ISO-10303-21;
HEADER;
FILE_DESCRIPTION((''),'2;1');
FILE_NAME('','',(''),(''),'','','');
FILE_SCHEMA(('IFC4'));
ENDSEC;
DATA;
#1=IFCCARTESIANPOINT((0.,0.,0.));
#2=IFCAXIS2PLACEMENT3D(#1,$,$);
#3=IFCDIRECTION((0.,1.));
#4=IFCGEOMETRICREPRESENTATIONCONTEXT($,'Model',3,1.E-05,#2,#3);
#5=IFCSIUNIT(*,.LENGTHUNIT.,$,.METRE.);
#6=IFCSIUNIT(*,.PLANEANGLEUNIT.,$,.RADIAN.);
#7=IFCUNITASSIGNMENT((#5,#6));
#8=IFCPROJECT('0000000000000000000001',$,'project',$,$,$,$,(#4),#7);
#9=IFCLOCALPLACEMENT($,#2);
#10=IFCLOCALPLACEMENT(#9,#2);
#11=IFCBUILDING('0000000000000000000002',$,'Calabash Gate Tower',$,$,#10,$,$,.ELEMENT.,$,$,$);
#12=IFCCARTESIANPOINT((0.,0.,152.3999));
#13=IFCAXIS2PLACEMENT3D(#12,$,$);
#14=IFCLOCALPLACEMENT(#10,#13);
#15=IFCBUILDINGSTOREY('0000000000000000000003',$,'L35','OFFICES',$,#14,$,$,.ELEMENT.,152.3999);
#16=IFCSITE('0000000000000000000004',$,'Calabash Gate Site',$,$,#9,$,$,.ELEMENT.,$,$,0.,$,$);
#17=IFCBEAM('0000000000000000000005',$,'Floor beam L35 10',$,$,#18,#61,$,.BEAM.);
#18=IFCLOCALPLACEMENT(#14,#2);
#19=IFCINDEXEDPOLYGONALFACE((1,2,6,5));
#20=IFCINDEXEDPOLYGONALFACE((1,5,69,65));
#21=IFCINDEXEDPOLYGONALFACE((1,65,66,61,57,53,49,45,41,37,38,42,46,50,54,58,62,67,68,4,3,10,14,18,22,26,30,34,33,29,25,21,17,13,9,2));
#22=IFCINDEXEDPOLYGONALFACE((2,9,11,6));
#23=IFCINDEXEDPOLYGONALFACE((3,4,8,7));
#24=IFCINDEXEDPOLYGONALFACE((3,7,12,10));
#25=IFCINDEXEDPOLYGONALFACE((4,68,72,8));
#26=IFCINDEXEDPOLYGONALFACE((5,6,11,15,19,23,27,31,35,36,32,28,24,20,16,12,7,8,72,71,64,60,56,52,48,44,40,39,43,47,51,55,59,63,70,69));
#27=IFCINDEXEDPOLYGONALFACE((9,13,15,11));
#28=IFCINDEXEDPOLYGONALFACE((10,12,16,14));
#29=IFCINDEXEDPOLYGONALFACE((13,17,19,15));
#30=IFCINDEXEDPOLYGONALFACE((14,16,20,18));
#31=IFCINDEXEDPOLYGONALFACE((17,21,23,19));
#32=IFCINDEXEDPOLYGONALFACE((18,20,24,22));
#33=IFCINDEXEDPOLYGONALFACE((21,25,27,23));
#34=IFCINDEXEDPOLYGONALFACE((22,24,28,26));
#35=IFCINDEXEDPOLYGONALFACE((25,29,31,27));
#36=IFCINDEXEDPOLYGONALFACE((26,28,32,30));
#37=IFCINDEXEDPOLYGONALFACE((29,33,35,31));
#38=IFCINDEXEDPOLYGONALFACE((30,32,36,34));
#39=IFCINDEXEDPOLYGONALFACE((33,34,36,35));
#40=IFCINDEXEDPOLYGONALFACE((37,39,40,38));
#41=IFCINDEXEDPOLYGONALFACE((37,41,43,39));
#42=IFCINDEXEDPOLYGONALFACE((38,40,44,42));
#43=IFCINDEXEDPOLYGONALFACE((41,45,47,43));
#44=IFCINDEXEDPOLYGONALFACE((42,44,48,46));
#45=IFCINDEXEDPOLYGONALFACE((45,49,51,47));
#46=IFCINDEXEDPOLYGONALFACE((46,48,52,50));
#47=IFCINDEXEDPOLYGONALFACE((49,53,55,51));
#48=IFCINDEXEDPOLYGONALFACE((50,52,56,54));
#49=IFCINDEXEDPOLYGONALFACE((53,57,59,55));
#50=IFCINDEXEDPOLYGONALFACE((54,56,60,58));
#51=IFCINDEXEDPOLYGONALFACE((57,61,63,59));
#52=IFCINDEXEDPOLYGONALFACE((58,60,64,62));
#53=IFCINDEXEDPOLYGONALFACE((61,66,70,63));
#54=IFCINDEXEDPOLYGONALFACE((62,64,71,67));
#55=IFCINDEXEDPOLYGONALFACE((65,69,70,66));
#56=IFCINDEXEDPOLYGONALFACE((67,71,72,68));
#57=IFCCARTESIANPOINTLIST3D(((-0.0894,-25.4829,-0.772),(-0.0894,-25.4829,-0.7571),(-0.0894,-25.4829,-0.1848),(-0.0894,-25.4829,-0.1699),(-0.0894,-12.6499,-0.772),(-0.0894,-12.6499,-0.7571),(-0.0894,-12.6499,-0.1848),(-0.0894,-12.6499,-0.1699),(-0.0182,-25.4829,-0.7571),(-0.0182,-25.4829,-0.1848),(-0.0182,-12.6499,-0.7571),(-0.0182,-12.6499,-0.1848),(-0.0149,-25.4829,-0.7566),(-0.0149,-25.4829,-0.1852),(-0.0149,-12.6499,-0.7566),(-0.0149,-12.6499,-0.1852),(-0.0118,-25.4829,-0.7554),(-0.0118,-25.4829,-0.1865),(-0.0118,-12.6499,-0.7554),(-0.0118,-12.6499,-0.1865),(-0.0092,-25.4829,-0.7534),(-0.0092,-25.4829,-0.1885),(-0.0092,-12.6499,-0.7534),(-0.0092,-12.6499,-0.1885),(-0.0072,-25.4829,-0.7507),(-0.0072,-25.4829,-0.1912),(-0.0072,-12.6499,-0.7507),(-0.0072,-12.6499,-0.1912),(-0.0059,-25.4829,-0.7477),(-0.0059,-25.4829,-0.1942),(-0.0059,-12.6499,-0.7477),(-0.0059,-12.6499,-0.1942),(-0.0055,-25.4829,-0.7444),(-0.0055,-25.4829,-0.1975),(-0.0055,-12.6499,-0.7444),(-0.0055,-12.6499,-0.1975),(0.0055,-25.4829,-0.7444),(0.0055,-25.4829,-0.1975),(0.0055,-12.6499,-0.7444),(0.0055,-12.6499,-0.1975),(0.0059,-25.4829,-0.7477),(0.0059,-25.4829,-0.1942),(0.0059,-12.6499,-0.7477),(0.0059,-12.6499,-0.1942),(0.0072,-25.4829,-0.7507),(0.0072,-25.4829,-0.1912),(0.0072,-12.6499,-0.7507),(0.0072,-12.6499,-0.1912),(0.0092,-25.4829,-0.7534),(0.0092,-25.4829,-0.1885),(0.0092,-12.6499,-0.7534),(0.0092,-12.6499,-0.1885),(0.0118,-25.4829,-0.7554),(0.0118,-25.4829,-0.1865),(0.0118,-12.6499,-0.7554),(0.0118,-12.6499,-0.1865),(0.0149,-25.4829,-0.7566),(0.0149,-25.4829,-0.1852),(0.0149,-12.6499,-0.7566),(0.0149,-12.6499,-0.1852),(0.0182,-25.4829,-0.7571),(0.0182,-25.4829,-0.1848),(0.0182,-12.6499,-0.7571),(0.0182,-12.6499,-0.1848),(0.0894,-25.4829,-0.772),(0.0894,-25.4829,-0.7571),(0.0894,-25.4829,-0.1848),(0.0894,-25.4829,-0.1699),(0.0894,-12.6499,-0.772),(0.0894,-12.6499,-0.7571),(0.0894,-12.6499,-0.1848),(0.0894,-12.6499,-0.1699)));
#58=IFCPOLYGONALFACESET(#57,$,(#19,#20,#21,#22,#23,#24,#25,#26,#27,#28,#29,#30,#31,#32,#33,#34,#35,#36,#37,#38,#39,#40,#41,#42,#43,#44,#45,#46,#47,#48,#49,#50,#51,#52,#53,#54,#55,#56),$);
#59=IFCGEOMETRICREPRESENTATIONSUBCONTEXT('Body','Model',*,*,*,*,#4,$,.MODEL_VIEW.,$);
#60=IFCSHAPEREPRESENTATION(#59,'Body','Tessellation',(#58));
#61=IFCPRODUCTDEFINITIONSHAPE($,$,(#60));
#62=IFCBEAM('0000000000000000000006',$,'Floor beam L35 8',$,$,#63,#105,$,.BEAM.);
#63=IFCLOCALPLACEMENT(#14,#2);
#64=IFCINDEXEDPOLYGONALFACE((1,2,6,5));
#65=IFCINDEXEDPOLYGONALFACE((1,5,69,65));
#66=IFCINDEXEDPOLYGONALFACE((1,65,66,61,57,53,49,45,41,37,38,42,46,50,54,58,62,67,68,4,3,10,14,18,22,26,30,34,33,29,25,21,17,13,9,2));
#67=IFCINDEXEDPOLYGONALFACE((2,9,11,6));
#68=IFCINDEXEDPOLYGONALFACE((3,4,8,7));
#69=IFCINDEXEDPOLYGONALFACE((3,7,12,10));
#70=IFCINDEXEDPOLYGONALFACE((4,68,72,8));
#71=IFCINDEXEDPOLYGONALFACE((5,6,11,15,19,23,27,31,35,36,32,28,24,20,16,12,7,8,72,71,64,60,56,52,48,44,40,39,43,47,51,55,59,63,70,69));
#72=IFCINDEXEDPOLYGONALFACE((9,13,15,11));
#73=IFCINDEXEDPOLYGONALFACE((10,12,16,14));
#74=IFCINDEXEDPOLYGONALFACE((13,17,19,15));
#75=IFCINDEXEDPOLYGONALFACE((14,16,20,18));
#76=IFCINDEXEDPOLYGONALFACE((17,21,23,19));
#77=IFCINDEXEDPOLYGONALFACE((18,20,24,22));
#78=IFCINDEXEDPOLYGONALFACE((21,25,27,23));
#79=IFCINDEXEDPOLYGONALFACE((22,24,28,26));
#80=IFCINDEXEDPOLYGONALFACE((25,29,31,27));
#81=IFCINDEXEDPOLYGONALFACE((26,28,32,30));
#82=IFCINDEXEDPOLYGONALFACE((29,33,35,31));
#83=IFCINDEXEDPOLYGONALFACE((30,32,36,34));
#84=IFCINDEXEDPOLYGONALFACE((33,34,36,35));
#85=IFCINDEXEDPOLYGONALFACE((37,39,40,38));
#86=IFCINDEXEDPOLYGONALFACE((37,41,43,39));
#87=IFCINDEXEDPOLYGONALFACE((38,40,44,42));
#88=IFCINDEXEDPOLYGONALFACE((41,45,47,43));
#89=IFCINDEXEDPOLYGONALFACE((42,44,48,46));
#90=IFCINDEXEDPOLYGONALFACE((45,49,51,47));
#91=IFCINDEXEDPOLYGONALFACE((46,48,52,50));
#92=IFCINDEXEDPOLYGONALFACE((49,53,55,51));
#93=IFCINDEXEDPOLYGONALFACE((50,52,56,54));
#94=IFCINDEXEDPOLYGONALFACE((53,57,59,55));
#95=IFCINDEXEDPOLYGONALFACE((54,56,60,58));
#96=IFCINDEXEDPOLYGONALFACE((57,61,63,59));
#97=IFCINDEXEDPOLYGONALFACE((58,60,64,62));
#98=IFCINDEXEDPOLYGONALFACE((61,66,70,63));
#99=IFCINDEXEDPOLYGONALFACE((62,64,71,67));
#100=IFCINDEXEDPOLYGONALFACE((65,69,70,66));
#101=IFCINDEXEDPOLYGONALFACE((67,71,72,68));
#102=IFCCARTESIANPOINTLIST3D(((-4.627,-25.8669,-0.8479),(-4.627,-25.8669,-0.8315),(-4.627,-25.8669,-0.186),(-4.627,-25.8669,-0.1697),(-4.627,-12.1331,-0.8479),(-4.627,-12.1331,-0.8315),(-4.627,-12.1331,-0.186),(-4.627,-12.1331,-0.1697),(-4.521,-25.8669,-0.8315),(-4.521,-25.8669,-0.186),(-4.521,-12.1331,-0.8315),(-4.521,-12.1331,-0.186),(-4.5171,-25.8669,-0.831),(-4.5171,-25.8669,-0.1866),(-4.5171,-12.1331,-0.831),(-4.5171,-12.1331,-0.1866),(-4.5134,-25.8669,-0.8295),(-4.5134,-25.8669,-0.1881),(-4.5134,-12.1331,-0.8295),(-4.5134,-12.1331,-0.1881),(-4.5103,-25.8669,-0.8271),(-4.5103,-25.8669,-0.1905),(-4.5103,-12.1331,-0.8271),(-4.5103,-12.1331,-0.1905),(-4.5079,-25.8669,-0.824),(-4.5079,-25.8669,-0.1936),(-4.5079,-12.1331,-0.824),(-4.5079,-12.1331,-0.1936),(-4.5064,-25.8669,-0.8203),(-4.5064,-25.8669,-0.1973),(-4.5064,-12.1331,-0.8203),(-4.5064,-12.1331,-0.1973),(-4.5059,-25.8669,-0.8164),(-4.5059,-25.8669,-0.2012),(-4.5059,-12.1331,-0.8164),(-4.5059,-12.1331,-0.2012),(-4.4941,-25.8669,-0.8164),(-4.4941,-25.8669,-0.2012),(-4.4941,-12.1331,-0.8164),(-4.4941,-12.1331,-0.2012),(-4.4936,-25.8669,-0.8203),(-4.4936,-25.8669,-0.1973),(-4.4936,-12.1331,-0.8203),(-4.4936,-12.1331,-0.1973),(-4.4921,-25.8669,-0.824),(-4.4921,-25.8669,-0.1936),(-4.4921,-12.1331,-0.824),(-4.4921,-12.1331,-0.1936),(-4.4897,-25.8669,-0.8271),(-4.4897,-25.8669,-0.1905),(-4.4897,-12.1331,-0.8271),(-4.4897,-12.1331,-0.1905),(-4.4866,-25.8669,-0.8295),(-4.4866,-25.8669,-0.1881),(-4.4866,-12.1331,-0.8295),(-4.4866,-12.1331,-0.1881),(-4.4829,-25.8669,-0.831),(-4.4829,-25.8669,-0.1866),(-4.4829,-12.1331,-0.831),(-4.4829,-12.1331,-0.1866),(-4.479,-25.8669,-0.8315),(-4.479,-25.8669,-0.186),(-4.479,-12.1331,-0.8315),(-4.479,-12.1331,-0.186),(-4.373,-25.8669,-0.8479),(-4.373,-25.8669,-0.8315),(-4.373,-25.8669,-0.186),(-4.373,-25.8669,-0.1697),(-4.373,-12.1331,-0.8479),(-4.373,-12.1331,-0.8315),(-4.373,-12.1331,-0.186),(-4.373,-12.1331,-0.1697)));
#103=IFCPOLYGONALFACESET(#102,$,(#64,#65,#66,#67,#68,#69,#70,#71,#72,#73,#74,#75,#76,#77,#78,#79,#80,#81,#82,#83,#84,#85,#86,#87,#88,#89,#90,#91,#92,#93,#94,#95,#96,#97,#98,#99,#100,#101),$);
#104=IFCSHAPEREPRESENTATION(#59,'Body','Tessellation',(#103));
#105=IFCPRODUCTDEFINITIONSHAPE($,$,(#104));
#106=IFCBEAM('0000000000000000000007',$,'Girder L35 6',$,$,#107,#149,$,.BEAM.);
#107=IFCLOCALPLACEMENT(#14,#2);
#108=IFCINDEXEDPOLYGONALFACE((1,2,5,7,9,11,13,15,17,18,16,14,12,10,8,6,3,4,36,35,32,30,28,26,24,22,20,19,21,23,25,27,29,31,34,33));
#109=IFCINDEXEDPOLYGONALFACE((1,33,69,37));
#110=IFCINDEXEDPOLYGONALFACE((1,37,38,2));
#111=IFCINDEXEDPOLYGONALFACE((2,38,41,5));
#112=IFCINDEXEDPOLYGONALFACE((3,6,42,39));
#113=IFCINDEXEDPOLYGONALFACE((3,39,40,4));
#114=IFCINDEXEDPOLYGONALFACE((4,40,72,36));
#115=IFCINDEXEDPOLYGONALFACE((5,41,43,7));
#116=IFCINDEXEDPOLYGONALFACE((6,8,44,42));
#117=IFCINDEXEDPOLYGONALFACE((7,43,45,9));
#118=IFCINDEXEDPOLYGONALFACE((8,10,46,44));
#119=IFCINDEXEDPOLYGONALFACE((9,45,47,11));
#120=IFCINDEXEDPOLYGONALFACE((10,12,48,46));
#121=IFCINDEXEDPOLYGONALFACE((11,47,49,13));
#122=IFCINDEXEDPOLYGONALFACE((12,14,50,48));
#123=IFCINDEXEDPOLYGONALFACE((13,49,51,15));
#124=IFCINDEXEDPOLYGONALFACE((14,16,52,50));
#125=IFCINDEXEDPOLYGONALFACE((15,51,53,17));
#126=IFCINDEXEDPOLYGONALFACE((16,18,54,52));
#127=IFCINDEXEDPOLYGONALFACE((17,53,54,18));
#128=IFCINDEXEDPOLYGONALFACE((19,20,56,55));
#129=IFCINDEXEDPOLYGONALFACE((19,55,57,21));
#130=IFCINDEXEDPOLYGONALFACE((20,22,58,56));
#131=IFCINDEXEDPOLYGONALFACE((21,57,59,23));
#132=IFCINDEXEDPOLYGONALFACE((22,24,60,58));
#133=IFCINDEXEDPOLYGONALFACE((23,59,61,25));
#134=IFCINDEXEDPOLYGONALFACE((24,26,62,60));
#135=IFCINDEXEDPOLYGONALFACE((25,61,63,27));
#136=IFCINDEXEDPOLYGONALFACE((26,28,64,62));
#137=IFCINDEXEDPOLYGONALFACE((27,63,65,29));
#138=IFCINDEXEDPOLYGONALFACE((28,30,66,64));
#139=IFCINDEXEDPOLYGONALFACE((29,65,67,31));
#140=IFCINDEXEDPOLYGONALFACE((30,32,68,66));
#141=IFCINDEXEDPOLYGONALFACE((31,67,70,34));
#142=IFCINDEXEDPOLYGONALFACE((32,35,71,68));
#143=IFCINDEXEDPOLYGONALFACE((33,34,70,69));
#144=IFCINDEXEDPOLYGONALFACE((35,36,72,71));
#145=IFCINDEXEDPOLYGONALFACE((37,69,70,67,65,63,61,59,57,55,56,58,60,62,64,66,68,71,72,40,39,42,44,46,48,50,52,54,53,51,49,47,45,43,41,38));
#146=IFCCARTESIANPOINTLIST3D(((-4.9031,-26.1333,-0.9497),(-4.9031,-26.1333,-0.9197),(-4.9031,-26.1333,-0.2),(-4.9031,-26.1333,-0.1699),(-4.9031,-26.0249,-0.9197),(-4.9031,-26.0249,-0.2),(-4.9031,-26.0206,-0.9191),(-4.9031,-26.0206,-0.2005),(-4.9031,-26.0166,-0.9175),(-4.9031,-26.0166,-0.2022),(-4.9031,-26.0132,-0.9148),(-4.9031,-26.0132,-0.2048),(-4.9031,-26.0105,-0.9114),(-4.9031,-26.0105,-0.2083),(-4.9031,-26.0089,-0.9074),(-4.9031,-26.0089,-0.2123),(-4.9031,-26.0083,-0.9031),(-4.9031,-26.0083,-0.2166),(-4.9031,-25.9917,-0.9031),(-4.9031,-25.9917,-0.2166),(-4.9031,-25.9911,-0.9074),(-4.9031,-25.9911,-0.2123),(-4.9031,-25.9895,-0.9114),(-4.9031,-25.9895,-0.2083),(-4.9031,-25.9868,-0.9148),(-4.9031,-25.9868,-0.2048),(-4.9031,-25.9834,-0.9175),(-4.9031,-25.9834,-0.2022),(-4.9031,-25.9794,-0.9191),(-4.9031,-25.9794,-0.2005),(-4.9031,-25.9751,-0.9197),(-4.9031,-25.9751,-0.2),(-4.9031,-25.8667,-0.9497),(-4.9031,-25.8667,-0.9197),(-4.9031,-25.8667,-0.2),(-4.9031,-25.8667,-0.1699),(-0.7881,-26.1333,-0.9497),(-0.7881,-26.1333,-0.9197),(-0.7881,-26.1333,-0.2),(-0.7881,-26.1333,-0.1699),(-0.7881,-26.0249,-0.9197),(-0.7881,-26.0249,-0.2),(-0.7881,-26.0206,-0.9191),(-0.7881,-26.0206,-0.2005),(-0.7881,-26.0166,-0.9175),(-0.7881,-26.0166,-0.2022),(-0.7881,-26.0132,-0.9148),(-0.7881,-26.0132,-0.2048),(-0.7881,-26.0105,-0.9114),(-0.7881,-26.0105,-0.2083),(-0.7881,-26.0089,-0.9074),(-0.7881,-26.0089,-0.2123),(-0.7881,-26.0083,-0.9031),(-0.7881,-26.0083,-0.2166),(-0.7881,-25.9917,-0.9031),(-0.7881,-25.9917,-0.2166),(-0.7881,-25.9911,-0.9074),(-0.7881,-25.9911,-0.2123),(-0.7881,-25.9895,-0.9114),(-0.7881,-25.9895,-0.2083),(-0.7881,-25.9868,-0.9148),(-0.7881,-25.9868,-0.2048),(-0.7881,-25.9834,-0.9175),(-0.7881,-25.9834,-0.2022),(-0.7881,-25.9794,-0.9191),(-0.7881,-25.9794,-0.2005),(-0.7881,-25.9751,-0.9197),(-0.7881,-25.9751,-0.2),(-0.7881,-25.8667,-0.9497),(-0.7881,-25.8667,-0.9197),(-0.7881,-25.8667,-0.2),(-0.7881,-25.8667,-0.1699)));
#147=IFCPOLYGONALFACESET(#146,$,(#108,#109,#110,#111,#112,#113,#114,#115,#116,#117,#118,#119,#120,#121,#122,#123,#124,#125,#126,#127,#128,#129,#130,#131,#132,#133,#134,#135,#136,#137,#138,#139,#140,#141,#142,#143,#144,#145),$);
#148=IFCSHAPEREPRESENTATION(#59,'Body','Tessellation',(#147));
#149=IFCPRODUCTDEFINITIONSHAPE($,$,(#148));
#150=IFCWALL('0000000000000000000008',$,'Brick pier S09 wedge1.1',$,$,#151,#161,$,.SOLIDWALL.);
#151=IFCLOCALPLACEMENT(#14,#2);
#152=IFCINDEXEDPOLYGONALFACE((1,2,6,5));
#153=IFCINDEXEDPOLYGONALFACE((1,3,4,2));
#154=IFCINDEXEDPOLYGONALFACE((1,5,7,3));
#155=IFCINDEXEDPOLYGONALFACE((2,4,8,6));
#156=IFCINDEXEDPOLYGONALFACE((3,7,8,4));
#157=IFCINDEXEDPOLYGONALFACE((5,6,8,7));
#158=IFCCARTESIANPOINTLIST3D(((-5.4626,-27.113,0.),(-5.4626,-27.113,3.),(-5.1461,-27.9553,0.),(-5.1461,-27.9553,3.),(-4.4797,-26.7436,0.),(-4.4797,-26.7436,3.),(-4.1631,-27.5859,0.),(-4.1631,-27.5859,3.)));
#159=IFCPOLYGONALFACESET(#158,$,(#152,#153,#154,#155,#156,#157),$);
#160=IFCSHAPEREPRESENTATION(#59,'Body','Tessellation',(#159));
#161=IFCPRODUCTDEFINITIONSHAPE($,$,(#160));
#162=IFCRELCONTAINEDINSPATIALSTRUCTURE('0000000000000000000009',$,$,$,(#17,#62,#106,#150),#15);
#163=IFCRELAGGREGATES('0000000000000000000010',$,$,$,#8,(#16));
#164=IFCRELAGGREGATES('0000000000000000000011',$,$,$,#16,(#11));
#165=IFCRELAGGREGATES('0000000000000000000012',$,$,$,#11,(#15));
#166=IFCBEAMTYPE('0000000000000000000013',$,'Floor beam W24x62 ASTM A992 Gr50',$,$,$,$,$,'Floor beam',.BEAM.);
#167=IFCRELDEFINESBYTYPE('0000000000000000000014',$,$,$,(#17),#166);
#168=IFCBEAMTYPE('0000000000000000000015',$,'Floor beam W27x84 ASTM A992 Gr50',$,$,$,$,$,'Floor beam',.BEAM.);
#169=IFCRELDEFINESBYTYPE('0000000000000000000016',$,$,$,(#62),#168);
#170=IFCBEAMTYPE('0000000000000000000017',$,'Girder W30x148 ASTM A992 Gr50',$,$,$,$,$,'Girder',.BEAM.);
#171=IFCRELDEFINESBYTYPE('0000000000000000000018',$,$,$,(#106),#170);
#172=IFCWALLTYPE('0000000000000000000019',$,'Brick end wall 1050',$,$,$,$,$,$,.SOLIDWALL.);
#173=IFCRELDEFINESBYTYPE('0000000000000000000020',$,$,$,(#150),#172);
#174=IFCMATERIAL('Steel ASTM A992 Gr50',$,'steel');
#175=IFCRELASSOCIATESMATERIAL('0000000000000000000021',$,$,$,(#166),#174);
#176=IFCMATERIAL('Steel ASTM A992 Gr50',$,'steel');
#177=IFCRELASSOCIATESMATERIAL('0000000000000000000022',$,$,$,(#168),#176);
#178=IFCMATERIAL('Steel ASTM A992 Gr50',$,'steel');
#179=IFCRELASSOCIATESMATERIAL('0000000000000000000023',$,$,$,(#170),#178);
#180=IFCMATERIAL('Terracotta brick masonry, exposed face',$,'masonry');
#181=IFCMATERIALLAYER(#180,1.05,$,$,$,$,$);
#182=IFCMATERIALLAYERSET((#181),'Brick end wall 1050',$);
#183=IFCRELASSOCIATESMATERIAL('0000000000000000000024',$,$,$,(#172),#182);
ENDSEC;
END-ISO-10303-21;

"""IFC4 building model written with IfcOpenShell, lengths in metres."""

from ifc_helpers import new_model, si_unit, direction, frame, frame_2d, origin, origin_2d, place, context, subcontext, project, spatial, rectangle, i_section, extrude, material, layer, layer_set, material_profile, profile_set, type_object, element, save


model = new_model("IFC4")

# Units and contexts
model_context = context("Model", 3, precision=1e-05, world=origin(), true_north=direction((0.0, 1.0)))
body_context = subcontext(model_context, "Body", "Model", "MODEL_VIEW")
ifc_project = project(units=[si_unit("LENGTHUNIT", "METRE"), si_unit("PLANEANGLEUNIT", "RADIAN")], contexts=[model_context])

# Site, building, storey
site_placement = place(None, origin())
site = spatial("IfcSite", under=ifc_project, at=site_placement, Name="Calabash Gate Site", CompositionType="ELEMENT", RefElevation=0.0)
building_placement = place(site_placement, origin())
building = spatial("IfcBuilding", under=site, at=building_placement, Name="Calabash Gate Tower", CompositionType="ELEMENT")
storey_placement = place(building_placement, frame((0.0, 0.0, 152.3999)))
storey = spatial("IfcBuildingStorey", under=building, at=storey_placement, Name="L35", Description="OFFICES", CompositionType="ELEMENT", Elevation=152.3999)

# Beams
ifc_material_1 = material(Name="Steel ASTM A992 Gr50", Category="steel")
ifc_material_profile_1 = material_profile(ifc_material_1, i_section(OverallWidth=0.1787, OverallDepth=0.6021, WebThickness=0.011, FlangeThickness=0.0149, FilletRadius=0.0127, at=origin_2d()))
ifc_profile_set_1 = profile_set([ifc_material_profile_1], Name="Steel ASTM A992 Gr50")
beam_type_1 = type_object("IfcBeamType", Name="Floor beam W24x62 ASTM A992 Gr50", ElementType="Floor beam", PredefinedType="BEAM", material=ifc_profile_set_1)
beam_1_placement = place(storey_placement, frame((0.0, -25.4829, -0.4709), z_axis=(0.0, 1.0, 0.0), x_axis=(-1.0, 0.0, 0.0)))
element("IfcBeam", 1, at=beam_1_placement, inside=storey, type_object=beam_type_1, Name="Floor beam L35 10", PredefinedType="BEAM", context=body_context, shape_type="SweptSolid", body=[
    extrude(i_section(OverallWidth=0.1787, OverallDepth=0.6021, WebThickness=0.011, FlangeThickness=0.0149, FilletRadius=0.0127, at=origin_2d()), origin(), (0.0, 0.0, 1.0), 12.833),
])
ifc_material_2 = material(Name="Steel ASTM A992 Gr50", Category="steel")
ifc_material_profile_2 = material_profile(ifc_material_2, i_section(OverallWidth=0.2539, OverallDepth=0.6782, WebThickness=0.0117, FlangeThickness=0.0164, FilletRadius=0.0151, at=origin_2d()))
ifc_profile_set_2 = profile_set([ifc_material_profile_2], Name="Steel ASTM A992 Gr50")
beam_type_2 = type_object("IfcBeamType", Name="Floor beam W27x84 ASTM A992 Gr50", ElementType="Floor beam", PredefinedType="BEAM", material=ifc_profile_set_2)
beam_2_placement = place(storey_placement, frame((-4.5, -25.8669, -0.5088), z_axis=(0.0, 1.0, 0.0), x_axis=(-1.0, 0.0, 0.0)))
element("IfcBeam", 2, at=beam_2_placement, inside=storey, type_object=beam_type_2, Name="Floor beam L35 8", PredefinedType="BEAM", context=body_context, shape_type="SweptSolid", body=[
    extrude(i_section(OverallWidth=0.2539, OverallDepth=0.6782, WebThickness=0.0117, FlangeThickness=0.0164, FilletRadius=0.0151, at=origin_2d()), origin(), (0.0, 0.0, 1.0), 13.7339),
])
ifc_material_3 = material(Name="Steel ASTM A992 Gr50", Category="steel")
ifc_material_profile_3 = material_profile(ifc_material_3, i_section(OverallWidth=0.2666, OverallDepth=0.7798, WebThickness=0.0166, FlangeThickness=0.03, FilletRadius=0.0166, at=origin_2d()))
ifc_profile_set_3 = profile_set([ifc_material_profile_3], Name="Steel ASTM A992 Gr50")
beam_type_3 = type_object("IfcBeamType", Name="Girder W30x148 ASTM A992 Gr50", ElementType="Girder", PredefinedType="BEAM", material=ifc_profile_set_3)
beam_3_placement = place(storey_placement, frame((-4.9031, -26.0, -0.5598), z_axis=(1.0, 0.0, 0.0), x_axis=(0.0, 1.0, 0.0)))
element("IfcBeam", 3, at=beam_3_placement, inside=storey, type_object=beam_type_3, Name="Girder L35 6", PredefinedType="BEAM", context=body_context, shape_type="SweptSolid", body=[
    extrude(i_section(OverallWidth=0.2666, OverallDepth=0.7798, WebThickness=0.0166, FlangeThickness=0.03, FilletRadius=0.0166, at=origin_2d()), origin(), (0.0, 0.0, 1.0), 4.115),
])

# Wall
ifc_material_4 = material(Name="Terracotta brick masonry, exposed face", Category="masonry")
ifc_layer_1 = layer(ifc_material_4, 1.05)
ifc_layer_set_1 = layer_set([ifc_layer_1], Name="Brick end wall 1050")
wall_type_1 = type_object("IfcWallType", Name="Brick end wall 1050", PredefinedType="SOLIDWALL", material=ifc_layer_set_1)
wall_1_placement = place(storey_placement, frame((-4.3215, -27.1648, 0.0), z_axis=(0.0, 0.0, 1.0), x_axis=(-0.936081, -0.351786, 0.0)))
element("IfcWall", 4, at=wall_1_placement, inside=storey, type_object=wall_type_1, Name="Brick pier S09 wedge1.1", PredefinedType="SOLIDWALL", context=body_context, shape_type="SweptSolid", body=[
    extrude(rectangle(XDim=1.05, YDim=0.8999, at=frame_2d((0.5249, 0.0))), origin(), (0.0, 0.0, 1.0), 3.0),
])

save(model, "model.ifc")
